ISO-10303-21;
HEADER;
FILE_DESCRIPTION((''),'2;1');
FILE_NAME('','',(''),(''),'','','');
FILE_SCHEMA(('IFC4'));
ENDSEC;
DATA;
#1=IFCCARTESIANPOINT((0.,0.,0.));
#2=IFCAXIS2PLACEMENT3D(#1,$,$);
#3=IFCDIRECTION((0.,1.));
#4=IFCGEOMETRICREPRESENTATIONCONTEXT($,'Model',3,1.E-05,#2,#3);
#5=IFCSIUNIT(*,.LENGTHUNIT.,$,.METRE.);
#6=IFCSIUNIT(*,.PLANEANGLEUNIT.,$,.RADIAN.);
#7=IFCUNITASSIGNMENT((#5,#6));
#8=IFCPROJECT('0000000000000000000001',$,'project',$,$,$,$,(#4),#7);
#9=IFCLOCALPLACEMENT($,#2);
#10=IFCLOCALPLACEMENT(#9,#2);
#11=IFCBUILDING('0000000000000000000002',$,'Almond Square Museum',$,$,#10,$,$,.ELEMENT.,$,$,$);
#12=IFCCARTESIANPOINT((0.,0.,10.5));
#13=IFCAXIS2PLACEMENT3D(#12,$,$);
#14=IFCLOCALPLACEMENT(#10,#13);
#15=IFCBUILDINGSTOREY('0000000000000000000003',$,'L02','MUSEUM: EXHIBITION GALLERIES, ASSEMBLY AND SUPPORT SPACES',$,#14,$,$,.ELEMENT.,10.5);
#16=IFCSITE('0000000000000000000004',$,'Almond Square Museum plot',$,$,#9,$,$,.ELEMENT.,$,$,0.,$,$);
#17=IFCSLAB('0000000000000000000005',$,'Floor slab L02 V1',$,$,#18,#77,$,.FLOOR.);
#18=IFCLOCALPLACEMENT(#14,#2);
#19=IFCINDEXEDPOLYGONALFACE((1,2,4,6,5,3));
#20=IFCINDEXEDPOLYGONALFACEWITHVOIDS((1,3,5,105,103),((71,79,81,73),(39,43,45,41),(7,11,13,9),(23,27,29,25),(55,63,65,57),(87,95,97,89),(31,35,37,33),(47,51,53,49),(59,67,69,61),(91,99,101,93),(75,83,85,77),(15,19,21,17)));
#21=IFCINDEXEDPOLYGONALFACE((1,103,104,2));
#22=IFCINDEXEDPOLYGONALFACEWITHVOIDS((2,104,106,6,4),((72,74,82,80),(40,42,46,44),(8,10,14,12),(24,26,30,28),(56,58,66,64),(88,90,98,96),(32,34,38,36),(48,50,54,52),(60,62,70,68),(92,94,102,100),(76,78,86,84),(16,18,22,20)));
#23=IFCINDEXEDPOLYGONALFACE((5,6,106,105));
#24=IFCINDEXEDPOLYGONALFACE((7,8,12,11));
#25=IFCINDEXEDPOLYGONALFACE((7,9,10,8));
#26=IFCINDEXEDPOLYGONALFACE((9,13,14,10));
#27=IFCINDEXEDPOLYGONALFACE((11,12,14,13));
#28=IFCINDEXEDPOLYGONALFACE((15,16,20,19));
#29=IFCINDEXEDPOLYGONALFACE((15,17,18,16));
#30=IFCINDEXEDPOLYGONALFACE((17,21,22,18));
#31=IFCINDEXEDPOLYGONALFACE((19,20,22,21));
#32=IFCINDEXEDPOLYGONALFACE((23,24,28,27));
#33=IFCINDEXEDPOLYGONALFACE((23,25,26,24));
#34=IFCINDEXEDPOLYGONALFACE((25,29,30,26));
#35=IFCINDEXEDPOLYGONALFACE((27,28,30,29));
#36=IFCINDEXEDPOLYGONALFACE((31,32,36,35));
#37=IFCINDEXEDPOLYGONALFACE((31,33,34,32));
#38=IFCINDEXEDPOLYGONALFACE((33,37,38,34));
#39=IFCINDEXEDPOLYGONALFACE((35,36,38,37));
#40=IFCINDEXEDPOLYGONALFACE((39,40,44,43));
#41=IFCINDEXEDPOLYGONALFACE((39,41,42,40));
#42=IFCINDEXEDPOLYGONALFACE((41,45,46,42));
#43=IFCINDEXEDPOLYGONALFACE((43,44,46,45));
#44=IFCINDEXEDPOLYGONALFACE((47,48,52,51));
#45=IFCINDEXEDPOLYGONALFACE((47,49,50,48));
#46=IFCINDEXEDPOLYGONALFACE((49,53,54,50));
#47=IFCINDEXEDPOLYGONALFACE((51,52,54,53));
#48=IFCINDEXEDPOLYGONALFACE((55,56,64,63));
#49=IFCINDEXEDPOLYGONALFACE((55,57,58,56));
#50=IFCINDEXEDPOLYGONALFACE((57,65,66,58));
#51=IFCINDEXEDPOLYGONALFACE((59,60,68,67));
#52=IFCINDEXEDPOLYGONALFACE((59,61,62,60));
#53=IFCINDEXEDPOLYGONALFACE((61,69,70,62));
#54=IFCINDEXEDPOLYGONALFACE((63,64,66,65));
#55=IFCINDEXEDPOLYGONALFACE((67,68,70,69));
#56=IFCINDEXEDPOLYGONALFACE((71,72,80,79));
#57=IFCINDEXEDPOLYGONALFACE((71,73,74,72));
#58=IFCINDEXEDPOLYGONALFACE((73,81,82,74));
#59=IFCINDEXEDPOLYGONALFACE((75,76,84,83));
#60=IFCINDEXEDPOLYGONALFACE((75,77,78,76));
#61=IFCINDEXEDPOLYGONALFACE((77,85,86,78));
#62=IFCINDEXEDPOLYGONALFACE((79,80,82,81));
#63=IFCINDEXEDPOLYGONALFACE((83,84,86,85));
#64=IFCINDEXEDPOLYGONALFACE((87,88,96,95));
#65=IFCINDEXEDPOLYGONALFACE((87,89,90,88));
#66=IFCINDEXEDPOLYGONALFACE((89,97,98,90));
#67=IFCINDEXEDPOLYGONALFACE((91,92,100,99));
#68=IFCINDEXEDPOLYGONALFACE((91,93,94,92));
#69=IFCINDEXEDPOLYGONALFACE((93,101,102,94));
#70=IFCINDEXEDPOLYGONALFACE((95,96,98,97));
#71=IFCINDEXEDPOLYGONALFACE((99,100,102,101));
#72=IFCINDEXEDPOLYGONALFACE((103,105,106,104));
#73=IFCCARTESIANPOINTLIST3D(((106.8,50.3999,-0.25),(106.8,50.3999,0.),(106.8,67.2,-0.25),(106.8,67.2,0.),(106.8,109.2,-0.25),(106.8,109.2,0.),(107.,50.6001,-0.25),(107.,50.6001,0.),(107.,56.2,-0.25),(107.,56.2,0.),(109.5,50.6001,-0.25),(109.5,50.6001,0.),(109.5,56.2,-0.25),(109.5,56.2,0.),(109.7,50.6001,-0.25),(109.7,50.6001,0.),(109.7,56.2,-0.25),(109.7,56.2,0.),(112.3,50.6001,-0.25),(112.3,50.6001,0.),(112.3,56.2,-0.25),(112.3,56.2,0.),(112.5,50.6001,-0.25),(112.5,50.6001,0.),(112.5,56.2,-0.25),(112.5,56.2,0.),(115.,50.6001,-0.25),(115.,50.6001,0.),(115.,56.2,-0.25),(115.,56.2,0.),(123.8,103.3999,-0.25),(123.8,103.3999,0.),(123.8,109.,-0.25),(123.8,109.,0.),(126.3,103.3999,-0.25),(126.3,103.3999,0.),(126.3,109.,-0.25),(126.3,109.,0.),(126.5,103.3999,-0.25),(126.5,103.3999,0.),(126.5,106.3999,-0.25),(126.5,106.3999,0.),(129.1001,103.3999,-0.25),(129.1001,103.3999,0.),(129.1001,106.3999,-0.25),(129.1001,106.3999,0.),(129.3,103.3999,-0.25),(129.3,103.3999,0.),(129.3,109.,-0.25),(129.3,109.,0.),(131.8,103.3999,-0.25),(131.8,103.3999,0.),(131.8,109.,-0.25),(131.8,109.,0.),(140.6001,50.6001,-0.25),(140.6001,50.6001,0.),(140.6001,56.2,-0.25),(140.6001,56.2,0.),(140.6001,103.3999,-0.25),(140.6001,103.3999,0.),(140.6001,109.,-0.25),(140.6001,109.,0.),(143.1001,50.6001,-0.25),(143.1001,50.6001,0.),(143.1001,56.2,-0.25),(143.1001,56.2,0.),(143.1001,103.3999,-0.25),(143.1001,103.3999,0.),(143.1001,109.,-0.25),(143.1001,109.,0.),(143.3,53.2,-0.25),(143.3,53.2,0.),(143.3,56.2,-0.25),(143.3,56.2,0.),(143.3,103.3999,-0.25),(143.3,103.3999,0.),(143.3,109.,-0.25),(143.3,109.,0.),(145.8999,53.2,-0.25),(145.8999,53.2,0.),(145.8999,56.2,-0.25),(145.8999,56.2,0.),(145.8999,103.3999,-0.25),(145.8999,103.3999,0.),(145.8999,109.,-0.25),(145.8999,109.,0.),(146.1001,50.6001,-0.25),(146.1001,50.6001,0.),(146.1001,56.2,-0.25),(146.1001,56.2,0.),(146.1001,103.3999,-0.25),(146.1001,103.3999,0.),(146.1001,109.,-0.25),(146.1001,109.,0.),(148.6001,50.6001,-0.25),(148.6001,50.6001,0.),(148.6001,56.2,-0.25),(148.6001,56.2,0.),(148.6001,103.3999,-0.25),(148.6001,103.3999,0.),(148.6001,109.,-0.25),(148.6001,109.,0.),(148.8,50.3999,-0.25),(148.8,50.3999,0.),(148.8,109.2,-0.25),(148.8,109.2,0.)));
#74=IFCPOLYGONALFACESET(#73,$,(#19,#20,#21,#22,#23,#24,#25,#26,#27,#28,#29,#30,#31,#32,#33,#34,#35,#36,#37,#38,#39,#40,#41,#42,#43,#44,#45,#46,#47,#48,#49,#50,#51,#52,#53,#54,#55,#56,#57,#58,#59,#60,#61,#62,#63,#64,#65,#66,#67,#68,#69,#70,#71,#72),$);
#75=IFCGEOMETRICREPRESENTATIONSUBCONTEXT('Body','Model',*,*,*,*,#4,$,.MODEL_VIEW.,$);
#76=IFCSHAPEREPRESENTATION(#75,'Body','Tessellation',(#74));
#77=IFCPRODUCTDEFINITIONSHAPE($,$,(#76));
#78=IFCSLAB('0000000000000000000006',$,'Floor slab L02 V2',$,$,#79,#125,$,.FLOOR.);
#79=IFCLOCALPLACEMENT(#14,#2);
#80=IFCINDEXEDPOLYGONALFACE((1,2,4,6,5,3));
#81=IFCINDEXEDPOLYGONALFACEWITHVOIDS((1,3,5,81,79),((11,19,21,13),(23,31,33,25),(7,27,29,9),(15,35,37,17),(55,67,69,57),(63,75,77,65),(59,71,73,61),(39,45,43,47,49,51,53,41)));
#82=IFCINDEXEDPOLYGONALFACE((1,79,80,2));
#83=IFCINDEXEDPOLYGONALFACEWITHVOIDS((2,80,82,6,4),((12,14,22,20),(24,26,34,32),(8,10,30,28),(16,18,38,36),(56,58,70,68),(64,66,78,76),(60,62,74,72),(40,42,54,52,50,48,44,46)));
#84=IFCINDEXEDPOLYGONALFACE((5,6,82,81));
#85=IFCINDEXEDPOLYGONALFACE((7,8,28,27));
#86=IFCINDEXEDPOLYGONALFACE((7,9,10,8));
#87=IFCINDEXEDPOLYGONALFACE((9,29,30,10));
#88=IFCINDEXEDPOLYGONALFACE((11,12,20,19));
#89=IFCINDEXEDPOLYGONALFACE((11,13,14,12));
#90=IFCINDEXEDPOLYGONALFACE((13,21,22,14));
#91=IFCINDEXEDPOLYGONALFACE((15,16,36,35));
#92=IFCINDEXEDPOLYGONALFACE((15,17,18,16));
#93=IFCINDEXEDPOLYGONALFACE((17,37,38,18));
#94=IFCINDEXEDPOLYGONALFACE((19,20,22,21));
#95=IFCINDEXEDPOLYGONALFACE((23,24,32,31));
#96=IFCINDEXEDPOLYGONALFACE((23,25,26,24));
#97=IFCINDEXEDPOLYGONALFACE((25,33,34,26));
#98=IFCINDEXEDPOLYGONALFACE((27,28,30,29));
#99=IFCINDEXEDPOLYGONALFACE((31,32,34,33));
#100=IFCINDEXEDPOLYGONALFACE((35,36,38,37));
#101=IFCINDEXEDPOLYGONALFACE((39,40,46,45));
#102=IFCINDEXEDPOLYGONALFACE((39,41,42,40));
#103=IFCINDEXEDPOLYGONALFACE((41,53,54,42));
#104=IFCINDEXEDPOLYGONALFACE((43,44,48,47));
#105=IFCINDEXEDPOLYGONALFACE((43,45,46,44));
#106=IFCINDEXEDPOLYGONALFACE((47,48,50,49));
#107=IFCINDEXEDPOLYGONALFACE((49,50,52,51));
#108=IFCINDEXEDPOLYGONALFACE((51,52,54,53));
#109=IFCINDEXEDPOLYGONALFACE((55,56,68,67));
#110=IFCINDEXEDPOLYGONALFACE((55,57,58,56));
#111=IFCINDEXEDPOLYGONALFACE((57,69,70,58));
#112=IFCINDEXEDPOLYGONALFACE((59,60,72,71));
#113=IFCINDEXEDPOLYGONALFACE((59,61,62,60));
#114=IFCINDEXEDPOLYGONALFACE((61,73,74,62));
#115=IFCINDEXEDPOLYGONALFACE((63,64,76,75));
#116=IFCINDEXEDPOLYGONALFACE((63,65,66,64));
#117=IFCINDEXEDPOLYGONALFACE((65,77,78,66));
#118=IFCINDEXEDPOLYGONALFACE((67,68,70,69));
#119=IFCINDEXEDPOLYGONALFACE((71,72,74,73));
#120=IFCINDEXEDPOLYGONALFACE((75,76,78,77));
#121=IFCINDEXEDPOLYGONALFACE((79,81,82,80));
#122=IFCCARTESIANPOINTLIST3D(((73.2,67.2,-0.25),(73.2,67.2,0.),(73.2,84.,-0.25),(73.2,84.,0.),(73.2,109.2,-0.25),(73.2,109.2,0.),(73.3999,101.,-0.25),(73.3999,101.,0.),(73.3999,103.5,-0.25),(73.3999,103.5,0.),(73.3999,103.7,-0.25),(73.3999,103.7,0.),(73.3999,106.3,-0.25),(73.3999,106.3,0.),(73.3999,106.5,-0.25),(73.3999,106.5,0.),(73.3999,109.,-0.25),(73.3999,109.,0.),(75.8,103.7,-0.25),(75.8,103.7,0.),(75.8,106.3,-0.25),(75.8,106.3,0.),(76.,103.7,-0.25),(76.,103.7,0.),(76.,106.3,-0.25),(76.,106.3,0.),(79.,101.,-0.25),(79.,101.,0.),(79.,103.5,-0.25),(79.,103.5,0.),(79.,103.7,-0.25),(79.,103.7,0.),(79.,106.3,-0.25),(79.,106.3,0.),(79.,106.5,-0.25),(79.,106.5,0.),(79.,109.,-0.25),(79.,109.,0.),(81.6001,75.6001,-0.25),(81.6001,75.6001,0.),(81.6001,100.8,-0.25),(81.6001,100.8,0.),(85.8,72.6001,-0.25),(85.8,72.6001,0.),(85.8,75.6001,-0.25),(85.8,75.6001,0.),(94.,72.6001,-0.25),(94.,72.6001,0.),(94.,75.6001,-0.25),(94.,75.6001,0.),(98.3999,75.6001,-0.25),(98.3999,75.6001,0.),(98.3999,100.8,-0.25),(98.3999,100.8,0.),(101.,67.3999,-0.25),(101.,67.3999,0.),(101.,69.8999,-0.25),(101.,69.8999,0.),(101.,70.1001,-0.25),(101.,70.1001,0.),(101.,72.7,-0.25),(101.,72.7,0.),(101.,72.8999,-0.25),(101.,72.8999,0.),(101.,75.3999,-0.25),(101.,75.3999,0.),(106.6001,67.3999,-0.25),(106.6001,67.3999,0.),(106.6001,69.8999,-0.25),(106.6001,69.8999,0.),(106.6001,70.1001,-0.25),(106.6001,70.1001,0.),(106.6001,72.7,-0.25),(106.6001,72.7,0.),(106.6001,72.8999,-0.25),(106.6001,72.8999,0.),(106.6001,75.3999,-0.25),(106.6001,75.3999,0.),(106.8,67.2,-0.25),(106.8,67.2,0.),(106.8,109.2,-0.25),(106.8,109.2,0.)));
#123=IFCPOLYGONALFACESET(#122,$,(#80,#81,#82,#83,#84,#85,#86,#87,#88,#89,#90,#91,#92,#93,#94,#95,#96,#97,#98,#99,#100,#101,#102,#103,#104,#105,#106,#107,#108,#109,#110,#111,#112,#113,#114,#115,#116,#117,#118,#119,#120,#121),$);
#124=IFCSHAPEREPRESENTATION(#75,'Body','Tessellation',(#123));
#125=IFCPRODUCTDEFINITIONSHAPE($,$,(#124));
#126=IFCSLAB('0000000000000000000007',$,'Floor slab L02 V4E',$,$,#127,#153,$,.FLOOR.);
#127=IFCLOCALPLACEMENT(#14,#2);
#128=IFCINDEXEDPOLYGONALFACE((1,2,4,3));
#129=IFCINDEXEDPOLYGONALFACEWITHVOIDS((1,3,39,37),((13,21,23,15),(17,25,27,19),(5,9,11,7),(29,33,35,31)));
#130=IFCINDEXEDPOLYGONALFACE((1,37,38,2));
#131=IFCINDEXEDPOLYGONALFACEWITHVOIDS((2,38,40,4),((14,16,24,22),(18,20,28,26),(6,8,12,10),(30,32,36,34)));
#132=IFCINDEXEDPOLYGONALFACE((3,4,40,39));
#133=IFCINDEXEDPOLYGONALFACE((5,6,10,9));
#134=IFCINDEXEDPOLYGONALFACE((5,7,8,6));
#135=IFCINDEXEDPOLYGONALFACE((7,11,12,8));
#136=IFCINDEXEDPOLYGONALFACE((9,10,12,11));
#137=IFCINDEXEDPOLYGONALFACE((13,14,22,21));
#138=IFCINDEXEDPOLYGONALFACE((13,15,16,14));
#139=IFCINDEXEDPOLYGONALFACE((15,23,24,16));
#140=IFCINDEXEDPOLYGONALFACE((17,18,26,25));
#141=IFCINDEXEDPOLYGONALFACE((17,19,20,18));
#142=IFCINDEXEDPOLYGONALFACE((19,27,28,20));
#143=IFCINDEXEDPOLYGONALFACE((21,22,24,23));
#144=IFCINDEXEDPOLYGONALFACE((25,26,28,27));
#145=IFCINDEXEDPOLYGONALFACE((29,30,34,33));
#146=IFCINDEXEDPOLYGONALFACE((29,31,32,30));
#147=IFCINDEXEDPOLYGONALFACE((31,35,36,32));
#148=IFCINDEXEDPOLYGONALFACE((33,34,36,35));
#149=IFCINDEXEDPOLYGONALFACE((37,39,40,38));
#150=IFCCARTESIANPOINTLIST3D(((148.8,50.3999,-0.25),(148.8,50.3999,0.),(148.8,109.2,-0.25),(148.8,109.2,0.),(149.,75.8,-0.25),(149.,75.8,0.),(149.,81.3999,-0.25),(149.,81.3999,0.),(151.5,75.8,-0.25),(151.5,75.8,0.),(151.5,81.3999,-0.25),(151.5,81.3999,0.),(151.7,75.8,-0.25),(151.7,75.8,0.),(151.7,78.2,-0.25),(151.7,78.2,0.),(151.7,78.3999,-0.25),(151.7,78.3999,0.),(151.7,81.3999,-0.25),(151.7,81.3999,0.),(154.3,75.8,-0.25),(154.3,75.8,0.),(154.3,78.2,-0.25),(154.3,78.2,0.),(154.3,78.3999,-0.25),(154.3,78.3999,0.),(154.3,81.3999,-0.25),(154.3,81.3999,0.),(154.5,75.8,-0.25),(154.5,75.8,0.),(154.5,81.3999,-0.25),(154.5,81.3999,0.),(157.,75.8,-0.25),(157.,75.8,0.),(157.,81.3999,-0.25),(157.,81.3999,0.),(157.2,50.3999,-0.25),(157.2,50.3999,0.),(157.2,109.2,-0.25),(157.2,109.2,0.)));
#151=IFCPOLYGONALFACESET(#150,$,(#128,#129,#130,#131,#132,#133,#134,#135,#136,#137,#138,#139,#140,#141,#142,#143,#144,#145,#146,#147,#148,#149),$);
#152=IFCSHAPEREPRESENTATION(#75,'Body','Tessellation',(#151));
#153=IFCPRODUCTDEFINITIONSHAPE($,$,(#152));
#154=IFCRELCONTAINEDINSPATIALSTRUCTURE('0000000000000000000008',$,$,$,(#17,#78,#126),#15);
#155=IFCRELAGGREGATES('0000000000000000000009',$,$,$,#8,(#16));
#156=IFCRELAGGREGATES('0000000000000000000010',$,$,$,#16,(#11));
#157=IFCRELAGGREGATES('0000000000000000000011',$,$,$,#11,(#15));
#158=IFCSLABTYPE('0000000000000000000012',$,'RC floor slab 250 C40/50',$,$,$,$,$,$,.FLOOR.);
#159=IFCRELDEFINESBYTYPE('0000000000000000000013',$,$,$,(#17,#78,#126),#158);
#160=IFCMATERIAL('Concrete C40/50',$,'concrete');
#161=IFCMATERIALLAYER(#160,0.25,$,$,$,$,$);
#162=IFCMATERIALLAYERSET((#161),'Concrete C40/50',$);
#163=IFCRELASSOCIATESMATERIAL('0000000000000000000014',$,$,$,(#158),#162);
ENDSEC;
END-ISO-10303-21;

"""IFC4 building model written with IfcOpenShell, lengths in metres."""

from ifc_helpers import new_model, si_unit, direction, frame, origin, place, context, subcontext, project, spatial, polyline, outline, extrude, material, layer, layer_set, type_object, element, save


model = new_model("IFC4")

# Units and contexts
model_context = context("Model", 3, precision=1e-05, world=origin(), true_north=direction((0.0, 1.0)))
body_context = subcontext(model_context, "Body", "Model", "MODEL_VIEW")
ifc_project = project(units=[si_unit("LENGTHUNIT", "METRE"), si_unit("PLANEANGLEUNIT", "RADIAN")], contexts=[model_context])

# Site, building, storey
site_placement = place(None, origin())
site = spatial("IfcSite", under=ifc_project, at=site_placement, Name="Almond Square Museum plot", CompositionType="ELEMENT", RefElevation=0.0)
building_placement = place(site_placement, origin())
building = spatial("IfcBuilding", under=site, at=building_placement, Name="Almond Square Museum", CompositionType="ELEMENT")
storey_placement = place(building_placement, frame((0.0, 0.0, 10.5)))
storey = spatial("IfcBuildingStorey", under=building, at=storey_placement, Name="L02", Description="MUSEUM: EXHIBITION GALLERIES, ASSEMBLY AND SUPPORT SPACES", CompositionType="ELEMENT", Elevation=10.5)

# Slabs
ifc_material_1 = material(Name="Concrete C40/50", Category="concrete")
ifc_layer_1 = layer(ifc_material_1, 0.25)
ifc_layer_set_1 = layer_set([ifc_layer_1], Name="Concrete C40/50")
slab_type_1 = type_object("IfcSlabType", Name="RC floor slab 250 C40/50", PredefinedType="FLOOR", material=ifc_layer_set_1)
slab_1_placement = place(storey_placement, frame((0.0, 0.0, -0.25)))
element("IfcSlab", 1, at=slab_1_placement, inside=storey, type_object=slab_type_1, Name="Floor slab L02 V1", PredefinedType="FLOOR", context=body_context, shape_type="SweptSolid", body=[
    extrude(outline(polyline([(148.8, 50.3999), (106.8, 50.3999), (106.8, 67.2), (106.8, 109.2), (148.8, 109.2), (148.8, 50.3999)]), holes=[polyline([(112.5, 50.6001), (115.0, 50.6001), (115.0, 56.2), (112.5, 56.2), (112.5, 50.6001)]), polyline([(109.7, 50.6001), (112.3, 50.6001), (112.3, 56.2), (109.7, 56.2), (109.7, 50.6001)]), polyline([(107.0, 50.6001), (109.5, 50.6001), (109.5, 56.2), (107.0, 56.2), (107.0, 50.6001)]), polyline([(126.5, 103.3999), (129.1001, 103.3999), (129.1001, 106.3999), (126.5, 106.3999), (126.5, 103.3999)]), polyline([(123.8, 103.3999), (126.3, 103.3999), (126.3, 109.0), (123.8, 109.0), (123.8, 103.3999)]), polyline([(140.6001, 50.6001), (143.1001, 50.6001), (143.1001, 56.2), (140.6001, 56.2), (140.6001, 50.6001)]), polyline([(148.6001, 50.6001), (148.6001, 56.2), (146.1001, 56.2), (146.1001, 50.6001), (148.6001, 50.6001)]), polyline([(143.3, 53.2), (145.8999, 53.2), (145.8999, 56.2), (143.3, 56.2), (143.3, 53.2)]), polyline([(129.3, 103.3999), (131.8, 103.3999), (131.8, 109.0), (129.3, 109.0), (129.3, 103.3999)]), polyline([(140.6001, 103.3999), (143.1001, 103.3999), (143.1001, 109.0), (140.6001, 109.0), (140.6001, 103.3999)]), polyline([(143.3, 103.3999), (145.8999, 103.3999), (145.8999, 109.0), (143.3, 109.0), (143.3, 103.3999)]), polyline([(146.1001, 103.3999), (148.6001, 103.3999), (148.6001, 109.0), (146.1001, 109.0), (146.1001, 103.3999)])]), origin(), (0.0, 0.0, 1.0), 0.25),
])
slab_2_placement = place(storey_placement, frame((0.0, 0.0, -0.25)))
element("IfcSlab", 2, at=slab_2_placement, inside=storey, type_object=slab_type_1, Name="Floor slab L02 V2", PredefinedType="FLOOR", context=body_context, shape_type="SweptSolid", body=[
    extrude(outline(polyline([(73.2, 109.2), (106.8, 109.2), (106.8, 67.2), (73.2, 67.2), (73.2, 84.0), (73.2, 109.2)]), holes=[polyline([(81.6001, 75.6001), (85.8, 75.6001), (85.8, 72.6001), (94.0, 72.6001), (94.0, 75.6001), (98.3999, 75.6001), (98.3999, 100.8), (81.6001, 100.8), (81.6001, 75.6001)]), polyline([(101.0, 67.3999), (106.6001, 67.3999), (106.6001, 69.8999), (101.0, 69.8999), (101.0, 67.3999)]), polyline([(101.0, 70.1001), (106.6001, 70.1001), (106.6001, 72.7), (101.0, 72.7), (101.0, 70.1001)]), polyline([(101.0, 72.8999), (106.6001, 72.8999), (106.6001, 75.3999), (101.0, 75.3999), (101.0, 72.8999)]), polyline([(73.3999, 101.0), (79.0, 101.0), (79.0, 103.5), (73.3999, 103.5), (73.3999, 101.0)]), polyline([(79.0, 103.7), (79.0, 106.3), (76.0, 106.3), (76.0, 103.7), (79.0, 103.7)]), polyline([(73.3999, 103.7), (75.8, 103.7), (75.8, 106.3), (73.3999, 106.3), (73.3999, 103.7)]), polyline([(73.3999, 106.5), (79.0, 106.5), (79.0, 109.0), (73.3999, 109.0), (73.3999, 106.5)])]), origin(), (0.0, 0.0, 1.0), 0.25),
])
slab_3_placement = place(storey_placement, frame((0.0, 0.0, -0.25)))
element("IfcSlab", 3, at=slab_3_placement, inside=storey, type_object=slab_type_1, Name="Floor slab L02 V4E", PredefinedType="FLOOR", context=body_context, shape_type="SweptSolid", body=[
    extrude(outline(polyline([(148.8, 109.2), (157.2, 109.2), (157.2, 50.3999), (148.8, 50.3999), (148.8, 109.2)]), holes=[polyline([(151.7, 75.8), (154.3, 75.8), (154.3, 78.2), (151.7, 78.2), (151.7, 75.8)]), polyline([(151.5, 75.8), (151.5, 81.3999), (149.0, 81.3999), (149.0, 75.8), (151.5, 75.8)]), polyline([(154.5, 75.8), (157.0, 75.8), (157.0, 81.3999), (154.5, 81.3999), (154.5, 75.8)]), polyline([(151.7, 78.3999), (154.3, 78.3999), (154.3, 81.3999), (151.7, 81.3999), (151.7, 78.3999)])]), origin(), (0.0, 0.0, 1.0), 0.25),
])

save(model, "model.ifc")
